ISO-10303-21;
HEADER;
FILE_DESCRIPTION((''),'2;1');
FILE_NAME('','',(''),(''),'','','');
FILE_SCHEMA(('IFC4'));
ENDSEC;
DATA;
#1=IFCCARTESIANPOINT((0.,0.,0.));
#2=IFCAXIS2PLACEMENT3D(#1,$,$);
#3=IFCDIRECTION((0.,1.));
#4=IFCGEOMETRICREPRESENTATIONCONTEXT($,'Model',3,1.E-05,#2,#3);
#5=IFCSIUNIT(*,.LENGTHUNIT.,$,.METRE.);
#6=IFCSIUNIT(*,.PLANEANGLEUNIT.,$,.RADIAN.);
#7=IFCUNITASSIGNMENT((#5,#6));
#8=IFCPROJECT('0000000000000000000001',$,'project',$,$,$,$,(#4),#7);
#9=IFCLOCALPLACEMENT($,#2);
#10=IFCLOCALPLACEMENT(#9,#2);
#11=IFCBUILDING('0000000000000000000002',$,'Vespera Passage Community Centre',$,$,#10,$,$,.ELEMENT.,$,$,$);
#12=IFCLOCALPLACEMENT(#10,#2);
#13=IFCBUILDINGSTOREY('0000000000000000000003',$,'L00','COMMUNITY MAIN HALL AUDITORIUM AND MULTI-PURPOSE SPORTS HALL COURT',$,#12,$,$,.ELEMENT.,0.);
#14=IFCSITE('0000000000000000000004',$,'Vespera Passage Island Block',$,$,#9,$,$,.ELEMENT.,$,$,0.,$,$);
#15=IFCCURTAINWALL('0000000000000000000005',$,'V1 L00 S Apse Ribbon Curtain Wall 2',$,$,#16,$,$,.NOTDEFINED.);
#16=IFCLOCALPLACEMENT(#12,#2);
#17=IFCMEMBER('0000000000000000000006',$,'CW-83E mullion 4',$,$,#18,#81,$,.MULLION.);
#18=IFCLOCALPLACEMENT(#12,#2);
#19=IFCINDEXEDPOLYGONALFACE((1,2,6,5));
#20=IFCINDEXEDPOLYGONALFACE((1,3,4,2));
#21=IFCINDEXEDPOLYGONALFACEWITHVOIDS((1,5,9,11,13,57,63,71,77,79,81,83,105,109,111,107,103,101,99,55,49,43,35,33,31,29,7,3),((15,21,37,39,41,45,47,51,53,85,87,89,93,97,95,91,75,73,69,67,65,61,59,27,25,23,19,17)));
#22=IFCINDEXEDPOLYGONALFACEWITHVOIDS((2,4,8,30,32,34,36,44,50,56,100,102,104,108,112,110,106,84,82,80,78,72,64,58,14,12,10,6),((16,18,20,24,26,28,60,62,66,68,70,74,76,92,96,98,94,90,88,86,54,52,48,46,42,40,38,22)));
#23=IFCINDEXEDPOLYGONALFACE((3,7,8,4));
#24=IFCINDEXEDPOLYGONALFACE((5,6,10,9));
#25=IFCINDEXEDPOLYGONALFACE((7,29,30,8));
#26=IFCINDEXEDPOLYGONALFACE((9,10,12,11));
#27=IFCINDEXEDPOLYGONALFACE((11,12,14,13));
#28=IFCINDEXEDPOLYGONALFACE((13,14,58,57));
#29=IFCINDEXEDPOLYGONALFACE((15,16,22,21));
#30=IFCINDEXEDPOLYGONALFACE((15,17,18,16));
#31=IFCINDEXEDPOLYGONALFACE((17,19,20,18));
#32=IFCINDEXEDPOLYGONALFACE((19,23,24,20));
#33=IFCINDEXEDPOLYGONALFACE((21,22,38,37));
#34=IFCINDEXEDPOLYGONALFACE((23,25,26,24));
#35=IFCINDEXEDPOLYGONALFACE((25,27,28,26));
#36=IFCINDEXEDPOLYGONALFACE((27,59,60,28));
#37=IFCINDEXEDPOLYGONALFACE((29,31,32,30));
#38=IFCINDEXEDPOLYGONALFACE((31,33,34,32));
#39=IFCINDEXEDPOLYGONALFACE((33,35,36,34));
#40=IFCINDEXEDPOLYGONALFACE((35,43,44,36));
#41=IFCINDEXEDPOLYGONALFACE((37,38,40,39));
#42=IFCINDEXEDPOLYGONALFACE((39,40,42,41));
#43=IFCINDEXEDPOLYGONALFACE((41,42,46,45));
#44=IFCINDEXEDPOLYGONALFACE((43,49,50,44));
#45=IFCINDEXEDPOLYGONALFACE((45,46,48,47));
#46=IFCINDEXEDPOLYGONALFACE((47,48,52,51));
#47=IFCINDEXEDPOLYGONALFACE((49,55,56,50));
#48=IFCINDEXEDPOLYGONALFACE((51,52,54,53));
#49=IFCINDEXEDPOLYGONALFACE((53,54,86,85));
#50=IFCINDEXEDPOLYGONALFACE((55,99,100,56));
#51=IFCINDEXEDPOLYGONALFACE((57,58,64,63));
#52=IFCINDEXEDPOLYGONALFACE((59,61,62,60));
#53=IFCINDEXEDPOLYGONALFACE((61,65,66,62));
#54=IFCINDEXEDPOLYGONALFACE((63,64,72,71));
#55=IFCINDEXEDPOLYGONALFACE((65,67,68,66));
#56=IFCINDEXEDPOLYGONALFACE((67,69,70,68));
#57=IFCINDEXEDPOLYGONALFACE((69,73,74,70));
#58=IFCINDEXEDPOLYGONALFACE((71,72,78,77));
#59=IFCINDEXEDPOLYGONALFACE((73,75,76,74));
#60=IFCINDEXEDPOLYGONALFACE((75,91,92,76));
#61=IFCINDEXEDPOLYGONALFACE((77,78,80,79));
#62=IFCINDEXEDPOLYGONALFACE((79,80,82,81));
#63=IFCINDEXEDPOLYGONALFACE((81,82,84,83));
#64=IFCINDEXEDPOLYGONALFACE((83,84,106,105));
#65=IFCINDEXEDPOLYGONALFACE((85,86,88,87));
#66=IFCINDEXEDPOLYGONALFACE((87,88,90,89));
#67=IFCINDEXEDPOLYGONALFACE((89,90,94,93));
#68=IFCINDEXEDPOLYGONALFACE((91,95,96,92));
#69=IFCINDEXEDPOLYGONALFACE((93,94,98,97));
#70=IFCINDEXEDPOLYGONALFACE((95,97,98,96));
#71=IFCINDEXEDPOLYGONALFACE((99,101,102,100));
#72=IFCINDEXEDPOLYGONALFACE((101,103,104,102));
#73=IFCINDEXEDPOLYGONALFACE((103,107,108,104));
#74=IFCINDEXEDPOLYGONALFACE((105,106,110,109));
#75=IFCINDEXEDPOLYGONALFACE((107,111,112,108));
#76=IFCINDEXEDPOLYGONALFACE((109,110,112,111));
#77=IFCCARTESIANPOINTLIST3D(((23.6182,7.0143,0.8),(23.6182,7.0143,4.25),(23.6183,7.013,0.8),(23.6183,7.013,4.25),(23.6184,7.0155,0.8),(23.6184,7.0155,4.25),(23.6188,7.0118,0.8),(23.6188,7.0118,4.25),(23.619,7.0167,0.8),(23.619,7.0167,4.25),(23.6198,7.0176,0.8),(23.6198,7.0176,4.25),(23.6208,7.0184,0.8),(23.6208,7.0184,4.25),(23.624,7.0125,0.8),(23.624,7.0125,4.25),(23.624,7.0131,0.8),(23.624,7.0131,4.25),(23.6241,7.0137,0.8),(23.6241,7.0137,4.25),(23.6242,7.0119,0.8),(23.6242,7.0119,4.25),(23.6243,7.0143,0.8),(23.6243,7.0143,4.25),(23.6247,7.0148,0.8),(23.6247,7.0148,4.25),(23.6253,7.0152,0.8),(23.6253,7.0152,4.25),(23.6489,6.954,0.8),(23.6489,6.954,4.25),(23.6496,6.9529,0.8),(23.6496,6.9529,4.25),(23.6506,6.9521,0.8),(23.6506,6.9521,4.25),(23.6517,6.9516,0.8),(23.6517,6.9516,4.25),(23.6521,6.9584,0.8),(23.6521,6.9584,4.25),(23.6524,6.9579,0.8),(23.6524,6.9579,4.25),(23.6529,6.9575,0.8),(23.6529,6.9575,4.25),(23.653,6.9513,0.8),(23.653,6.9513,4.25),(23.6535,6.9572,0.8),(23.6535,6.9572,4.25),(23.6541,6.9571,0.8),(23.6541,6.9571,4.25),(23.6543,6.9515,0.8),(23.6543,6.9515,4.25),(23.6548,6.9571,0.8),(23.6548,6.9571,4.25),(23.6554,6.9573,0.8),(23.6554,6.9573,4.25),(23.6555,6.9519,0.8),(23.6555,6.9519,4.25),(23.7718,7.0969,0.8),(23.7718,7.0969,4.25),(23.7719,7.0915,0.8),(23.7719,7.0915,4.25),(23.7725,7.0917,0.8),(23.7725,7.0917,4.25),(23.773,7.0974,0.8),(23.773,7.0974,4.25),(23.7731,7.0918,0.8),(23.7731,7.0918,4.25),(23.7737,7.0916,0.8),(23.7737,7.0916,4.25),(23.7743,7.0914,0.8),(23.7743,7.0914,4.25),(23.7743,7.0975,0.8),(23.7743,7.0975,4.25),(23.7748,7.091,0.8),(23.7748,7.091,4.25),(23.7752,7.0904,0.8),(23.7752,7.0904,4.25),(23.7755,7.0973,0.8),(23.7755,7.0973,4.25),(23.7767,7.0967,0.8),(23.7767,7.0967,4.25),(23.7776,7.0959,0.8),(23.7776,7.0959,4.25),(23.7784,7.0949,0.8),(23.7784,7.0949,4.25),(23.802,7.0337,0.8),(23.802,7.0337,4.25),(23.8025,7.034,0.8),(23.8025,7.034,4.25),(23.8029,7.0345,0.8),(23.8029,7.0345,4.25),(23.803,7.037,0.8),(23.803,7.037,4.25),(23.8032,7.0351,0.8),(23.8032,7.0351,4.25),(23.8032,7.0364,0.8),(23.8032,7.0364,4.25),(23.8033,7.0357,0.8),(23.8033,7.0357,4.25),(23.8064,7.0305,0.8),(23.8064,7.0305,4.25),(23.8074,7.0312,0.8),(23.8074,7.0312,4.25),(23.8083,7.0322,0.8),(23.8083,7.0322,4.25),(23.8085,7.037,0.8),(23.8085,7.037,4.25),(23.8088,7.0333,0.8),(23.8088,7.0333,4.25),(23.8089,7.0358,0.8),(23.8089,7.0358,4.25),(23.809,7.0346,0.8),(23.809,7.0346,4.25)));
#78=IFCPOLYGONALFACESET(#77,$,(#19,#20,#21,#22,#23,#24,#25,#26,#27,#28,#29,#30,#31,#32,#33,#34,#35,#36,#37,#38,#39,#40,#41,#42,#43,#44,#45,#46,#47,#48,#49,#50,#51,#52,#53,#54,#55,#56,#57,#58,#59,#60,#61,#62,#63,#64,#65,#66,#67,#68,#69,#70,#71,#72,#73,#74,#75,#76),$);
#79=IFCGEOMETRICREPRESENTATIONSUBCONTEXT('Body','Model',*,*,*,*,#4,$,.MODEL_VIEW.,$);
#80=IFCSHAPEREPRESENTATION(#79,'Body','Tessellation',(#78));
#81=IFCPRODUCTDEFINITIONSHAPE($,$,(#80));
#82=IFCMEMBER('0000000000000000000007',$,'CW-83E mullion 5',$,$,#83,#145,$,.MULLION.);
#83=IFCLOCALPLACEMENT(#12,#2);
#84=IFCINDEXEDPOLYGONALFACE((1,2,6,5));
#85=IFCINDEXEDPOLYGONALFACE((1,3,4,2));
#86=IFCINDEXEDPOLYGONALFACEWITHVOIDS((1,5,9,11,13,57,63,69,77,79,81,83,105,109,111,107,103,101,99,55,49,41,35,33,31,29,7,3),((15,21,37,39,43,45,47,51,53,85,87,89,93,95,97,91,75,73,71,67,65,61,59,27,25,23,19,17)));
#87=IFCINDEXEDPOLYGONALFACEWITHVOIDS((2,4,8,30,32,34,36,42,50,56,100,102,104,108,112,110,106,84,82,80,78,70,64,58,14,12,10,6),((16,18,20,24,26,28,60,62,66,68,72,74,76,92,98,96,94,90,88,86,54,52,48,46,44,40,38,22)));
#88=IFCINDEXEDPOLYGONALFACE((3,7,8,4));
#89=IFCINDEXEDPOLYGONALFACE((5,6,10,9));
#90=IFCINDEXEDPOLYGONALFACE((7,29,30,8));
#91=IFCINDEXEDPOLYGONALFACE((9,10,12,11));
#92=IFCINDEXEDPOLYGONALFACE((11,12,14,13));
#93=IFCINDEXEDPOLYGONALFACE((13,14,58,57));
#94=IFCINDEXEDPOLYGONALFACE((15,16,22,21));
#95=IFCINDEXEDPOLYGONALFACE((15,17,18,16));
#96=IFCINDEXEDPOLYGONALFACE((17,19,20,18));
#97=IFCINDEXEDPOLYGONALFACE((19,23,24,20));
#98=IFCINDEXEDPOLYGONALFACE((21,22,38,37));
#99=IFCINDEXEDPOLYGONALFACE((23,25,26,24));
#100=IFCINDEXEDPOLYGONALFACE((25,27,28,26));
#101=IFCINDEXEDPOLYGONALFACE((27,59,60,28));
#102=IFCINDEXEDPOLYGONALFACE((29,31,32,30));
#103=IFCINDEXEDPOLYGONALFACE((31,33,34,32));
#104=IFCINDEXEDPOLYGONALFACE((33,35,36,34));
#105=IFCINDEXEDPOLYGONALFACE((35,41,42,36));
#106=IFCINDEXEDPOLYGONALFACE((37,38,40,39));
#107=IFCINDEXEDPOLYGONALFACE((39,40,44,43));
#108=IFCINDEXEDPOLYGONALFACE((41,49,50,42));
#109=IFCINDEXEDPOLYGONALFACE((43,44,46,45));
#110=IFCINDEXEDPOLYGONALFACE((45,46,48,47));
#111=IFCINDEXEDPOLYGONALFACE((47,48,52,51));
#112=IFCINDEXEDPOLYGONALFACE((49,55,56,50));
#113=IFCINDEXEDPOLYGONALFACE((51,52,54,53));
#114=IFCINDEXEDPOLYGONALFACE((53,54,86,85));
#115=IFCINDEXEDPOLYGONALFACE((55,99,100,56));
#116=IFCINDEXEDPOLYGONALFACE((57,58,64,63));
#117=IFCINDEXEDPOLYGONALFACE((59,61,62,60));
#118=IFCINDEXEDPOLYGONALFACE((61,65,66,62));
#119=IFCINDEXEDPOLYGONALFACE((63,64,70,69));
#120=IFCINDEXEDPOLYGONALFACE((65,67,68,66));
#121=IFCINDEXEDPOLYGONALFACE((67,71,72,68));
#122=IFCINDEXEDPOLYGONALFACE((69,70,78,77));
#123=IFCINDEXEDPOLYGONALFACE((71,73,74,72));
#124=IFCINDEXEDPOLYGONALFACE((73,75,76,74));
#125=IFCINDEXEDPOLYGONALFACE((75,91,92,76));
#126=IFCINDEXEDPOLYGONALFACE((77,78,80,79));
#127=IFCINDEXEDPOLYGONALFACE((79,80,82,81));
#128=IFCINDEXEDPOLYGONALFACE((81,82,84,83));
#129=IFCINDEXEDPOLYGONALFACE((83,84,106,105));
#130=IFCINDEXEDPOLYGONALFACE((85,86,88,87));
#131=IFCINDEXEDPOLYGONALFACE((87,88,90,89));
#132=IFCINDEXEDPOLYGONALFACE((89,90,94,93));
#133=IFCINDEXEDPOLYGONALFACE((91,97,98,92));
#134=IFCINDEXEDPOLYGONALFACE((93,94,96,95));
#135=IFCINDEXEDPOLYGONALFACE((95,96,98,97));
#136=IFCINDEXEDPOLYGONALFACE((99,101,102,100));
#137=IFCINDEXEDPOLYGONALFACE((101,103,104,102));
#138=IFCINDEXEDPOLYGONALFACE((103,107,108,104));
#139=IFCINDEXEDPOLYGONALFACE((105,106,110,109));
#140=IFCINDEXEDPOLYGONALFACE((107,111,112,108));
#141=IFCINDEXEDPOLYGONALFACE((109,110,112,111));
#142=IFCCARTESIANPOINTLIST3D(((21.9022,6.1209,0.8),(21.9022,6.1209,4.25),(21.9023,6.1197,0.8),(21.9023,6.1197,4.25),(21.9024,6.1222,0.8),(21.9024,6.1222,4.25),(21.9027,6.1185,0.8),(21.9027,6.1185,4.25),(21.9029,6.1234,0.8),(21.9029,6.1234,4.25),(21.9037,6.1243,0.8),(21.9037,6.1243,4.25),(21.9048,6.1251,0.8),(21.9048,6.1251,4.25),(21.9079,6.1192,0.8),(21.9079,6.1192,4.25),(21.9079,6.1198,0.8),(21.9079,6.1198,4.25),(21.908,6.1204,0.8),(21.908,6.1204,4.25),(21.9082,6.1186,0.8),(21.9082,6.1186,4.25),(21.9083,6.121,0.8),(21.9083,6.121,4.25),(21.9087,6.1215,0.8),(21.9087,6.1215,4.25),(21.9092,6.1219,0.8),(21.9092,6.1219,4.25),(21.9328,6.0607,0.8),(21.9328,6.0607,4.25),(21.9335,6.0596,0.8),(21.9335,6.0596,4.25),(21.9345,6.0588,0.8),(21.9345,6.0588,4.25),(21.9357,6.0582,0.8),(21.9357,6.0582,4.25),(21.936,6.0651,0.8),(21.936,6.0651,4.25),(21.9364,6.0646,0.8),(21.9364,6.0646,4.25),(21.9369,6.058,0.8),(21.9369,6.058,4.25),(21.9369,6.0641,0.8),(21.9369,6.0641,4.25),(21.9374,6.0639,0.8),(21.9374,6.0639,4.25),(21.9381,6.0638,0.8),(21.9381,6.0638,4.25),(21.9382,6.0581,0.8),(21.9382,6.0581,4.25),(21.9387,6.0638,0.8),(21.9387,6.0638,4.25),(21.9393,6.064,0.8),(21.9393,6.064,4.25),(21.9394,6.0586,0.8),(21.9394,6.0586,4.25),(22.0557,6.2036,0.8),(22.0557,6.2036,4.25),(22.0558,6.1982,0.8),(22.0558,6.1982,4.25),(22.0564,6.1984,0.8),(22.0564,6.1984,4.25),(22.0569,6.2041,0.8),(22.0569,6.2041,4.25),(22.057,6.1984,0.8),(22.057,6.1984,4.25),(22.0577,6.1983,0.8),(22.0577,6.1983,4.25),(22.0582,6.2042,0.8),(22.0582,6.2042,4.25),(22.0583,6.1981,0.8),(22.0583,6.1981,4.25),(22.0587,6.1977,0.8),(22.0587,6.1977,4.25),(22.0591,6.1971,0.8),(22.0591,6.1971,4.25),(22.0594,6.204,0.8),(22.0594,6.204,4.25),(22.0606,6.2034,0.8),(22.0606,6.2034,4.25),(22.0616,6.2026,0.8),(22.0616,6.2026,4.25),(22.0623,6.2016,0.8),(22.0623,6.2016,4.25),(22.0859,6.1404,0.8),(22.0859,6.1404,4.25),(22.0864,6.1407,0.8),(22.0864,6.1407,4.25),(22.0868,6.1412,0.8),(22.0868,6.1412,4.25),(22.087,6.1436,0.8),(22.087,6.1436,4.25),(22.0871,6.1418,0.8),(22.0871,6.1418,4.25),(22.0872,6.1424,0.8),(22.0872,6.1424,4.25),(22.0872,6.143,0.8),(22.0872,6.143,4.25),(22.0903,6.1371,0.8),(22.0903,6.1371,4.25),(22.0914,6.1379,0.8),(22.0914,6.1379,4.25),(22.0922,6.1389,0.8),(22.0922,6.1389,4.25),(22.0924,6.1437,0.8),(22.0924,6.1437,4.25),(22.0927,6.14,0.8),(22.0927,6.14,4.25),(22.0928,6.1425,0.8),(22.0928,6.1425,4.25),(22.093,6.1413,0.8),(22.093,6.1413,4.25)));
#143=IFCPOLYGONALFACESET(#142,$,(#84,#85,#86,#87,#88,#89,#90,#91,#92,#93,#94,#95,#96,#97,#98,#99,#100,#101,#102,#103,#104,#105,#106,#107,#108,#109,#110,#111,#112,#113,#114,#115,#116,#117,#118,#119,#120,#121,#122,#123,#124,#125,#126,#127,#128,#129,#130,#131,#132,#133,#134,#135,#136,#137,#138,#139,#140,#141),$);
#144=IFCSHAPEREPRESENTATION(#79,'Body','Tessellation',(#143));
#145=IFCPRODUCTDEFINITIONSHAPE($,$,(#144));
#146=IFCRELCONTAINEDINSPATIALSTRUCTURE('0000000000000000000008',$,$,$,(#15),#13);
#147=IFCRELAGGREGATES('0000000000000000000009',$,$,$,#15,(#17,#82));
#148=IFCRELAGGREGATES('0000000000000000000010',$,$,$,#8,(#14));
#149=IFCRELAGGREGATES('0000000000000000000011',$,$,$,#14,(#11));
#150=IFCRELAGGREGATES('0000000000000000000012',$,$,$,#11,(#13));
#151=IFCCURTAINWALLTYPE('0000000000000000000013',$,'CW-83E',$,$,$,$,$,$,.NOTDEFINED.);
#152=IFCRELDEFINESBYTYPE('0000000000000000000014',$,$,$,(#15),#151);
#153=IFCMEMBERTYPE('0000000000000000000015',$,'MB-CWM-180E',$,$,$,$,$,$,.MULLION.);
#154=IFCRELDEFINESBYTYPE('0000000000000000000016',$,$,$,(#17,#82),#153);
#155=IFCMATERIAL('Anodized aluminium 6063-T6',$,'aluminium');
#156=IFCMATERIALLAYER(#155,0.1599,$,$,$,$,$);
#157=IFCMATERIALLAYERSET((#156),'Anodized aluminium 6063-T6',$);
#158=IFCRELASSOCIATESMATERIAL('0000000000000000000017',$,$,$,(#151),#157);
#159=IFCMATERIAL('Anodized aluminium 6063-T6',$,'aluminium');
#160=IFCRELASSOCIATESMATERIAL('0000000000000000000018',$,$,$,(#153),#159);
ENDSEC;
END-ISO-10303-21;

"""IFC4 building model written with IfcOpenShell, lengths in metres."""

from ifc_helpers import new_model, si_unit, direction, frame, origin, origin_2d, place, context, subcontext, project, spatial, hollow_rectangle, extrude, material, layer, layer_set, material_profile, profile_set, type_object, element, aggregate, save


model = new_model("IFC4")

# Units and contexts
model_context = context("Model", 3, precision=1e-05, world=origin(), true_north=direction((0.0, 1.0)))
body_context = subcontext(model_context, "Body", "Model", "MODEL_VIEW")
ifc_project = project(units=[si_unit("LENGTHUNIT", "METRE"), si_unit("PLANEANGLEUNIT", "RADIAN")], contexts=[model_context])

# Site, building, storey
site_placement = place(None, origin())
site = spatial("IfcSite", under=ifc_project, at=site_placement, Name="Vespera Passage Island Block", CompositionType="ELEMENT", RefElevation=0.0)
building_placement = place(site_placement, origin())
building = spatial("IfcBuilding", under=site, at=building_placement, Name="Vespera Passage Community Centre", CompositionType="ELEMENT")
storey_placement = place(building_placement, origin())
storey = spatial("IfcBuildingStorey", under=building, at=storey_placement, Name="L00", Description="COMMUNITY MAIN HALL AUDITORIUM AND MULTI-PURPOSE SPORTS HALL COURT", CompositionType="ELEMENT", Elevation=0.0)

# Curtain wall, members
ifc_material_1 = material(Name="Anodized aluminium 6063-T6", Category="aluminium")
ifc_layer_1 = layer(ifc_material_1, 0.1599)
ifc_layer_set_1 = layer_set([ifc_layer_1], Name="Anodized aluminium 6063-T6")
curtain_wall_type = type_object("IfcCurtainWallType", Name="CW-83E", PredefinedType="NOTDEFINED", material=ifc_layer_set_1)
curtain_wall_placement = place(storey_placement, origin())
curtain_wall = element("IfcCurtainWall", 1, at=curtain_wall_placement, inside=storey, type_object=curtain_wall_type, Name="V1 L00 S Apse Ribbon Curtain Wall 2", PredefinedType="NOTDEFINED")
ifc_material_2 = material(Name="Anodized aluminium 6063-T6", Category="aluminium")
ifc_material_profile_1 = material_profile(ifc_material_2, hollow_rectangle(XDim=0.075, YDim=0.1799, WallThickness=0.0049, InnerFilletRadius=0.0024, OuterFilletRadius=0.0049, at=origin_2d()), Name="ALU180X75X5")
ifc_profile_set_1 = profile_set([ifc_material_profile_1], Name="Anodized aluminium 6063-T6")
member_type_1 = type_object("IfcMemberType", Name="MB-CWM-180E", PredefinedType="MULLION", material=ifc_profile_set_1)
member_1_placement = place(storey_placement, frame((23.7136, 7.0244, 0.8), z_axis=(0.0, 0.0, 1.0), x_axis=(0.461745, -0.887013, 0.0)))
member_1 = element("IfcMember", 2, at=member_1_placement, type_object=member_type_1, Name="CW-83E mullion 4", PredefinedType="MULLION", context=body_context, shape_type="SweptSolid", body=[
    extrude(hollow_rectangle(XDim=0.075, YDim=0.1799, WallThickness=0.0049, InnerFilletRadius=0.0024, OuterFilletRadius=0.0049, at=origin_2d()), origin(), (0.0, 0.0, 1.0), 3.45),
])
member_2_placement = place(storey_placement, frame((21.9976, 6.1311, 0.8), z_axis=(0.0, 0.0, 1.0), x_axis=(0.461745, -0.887013, 0.0)))
member_2 = element("IfcMember", 3, at=member_2_placement, type_object=member_type_1, Name="CW-83E mullion 5", PredefinedType="MULLION", context=body_context, shape_type="SweptSolid", body=[
    extrude(hollow_rectangle(XDim=0.075, YDim=0.1799, WallThickness=0.0049, InnerFilletRadius=0.0024, OuterFilletRadius=0.0049, at=origin_2d()), origin(), (0.0, 0.0, 1.0), 3.45),
])
aggregate(curtain_wall, [member_1, member_2])

save(model, "model.ifc")
